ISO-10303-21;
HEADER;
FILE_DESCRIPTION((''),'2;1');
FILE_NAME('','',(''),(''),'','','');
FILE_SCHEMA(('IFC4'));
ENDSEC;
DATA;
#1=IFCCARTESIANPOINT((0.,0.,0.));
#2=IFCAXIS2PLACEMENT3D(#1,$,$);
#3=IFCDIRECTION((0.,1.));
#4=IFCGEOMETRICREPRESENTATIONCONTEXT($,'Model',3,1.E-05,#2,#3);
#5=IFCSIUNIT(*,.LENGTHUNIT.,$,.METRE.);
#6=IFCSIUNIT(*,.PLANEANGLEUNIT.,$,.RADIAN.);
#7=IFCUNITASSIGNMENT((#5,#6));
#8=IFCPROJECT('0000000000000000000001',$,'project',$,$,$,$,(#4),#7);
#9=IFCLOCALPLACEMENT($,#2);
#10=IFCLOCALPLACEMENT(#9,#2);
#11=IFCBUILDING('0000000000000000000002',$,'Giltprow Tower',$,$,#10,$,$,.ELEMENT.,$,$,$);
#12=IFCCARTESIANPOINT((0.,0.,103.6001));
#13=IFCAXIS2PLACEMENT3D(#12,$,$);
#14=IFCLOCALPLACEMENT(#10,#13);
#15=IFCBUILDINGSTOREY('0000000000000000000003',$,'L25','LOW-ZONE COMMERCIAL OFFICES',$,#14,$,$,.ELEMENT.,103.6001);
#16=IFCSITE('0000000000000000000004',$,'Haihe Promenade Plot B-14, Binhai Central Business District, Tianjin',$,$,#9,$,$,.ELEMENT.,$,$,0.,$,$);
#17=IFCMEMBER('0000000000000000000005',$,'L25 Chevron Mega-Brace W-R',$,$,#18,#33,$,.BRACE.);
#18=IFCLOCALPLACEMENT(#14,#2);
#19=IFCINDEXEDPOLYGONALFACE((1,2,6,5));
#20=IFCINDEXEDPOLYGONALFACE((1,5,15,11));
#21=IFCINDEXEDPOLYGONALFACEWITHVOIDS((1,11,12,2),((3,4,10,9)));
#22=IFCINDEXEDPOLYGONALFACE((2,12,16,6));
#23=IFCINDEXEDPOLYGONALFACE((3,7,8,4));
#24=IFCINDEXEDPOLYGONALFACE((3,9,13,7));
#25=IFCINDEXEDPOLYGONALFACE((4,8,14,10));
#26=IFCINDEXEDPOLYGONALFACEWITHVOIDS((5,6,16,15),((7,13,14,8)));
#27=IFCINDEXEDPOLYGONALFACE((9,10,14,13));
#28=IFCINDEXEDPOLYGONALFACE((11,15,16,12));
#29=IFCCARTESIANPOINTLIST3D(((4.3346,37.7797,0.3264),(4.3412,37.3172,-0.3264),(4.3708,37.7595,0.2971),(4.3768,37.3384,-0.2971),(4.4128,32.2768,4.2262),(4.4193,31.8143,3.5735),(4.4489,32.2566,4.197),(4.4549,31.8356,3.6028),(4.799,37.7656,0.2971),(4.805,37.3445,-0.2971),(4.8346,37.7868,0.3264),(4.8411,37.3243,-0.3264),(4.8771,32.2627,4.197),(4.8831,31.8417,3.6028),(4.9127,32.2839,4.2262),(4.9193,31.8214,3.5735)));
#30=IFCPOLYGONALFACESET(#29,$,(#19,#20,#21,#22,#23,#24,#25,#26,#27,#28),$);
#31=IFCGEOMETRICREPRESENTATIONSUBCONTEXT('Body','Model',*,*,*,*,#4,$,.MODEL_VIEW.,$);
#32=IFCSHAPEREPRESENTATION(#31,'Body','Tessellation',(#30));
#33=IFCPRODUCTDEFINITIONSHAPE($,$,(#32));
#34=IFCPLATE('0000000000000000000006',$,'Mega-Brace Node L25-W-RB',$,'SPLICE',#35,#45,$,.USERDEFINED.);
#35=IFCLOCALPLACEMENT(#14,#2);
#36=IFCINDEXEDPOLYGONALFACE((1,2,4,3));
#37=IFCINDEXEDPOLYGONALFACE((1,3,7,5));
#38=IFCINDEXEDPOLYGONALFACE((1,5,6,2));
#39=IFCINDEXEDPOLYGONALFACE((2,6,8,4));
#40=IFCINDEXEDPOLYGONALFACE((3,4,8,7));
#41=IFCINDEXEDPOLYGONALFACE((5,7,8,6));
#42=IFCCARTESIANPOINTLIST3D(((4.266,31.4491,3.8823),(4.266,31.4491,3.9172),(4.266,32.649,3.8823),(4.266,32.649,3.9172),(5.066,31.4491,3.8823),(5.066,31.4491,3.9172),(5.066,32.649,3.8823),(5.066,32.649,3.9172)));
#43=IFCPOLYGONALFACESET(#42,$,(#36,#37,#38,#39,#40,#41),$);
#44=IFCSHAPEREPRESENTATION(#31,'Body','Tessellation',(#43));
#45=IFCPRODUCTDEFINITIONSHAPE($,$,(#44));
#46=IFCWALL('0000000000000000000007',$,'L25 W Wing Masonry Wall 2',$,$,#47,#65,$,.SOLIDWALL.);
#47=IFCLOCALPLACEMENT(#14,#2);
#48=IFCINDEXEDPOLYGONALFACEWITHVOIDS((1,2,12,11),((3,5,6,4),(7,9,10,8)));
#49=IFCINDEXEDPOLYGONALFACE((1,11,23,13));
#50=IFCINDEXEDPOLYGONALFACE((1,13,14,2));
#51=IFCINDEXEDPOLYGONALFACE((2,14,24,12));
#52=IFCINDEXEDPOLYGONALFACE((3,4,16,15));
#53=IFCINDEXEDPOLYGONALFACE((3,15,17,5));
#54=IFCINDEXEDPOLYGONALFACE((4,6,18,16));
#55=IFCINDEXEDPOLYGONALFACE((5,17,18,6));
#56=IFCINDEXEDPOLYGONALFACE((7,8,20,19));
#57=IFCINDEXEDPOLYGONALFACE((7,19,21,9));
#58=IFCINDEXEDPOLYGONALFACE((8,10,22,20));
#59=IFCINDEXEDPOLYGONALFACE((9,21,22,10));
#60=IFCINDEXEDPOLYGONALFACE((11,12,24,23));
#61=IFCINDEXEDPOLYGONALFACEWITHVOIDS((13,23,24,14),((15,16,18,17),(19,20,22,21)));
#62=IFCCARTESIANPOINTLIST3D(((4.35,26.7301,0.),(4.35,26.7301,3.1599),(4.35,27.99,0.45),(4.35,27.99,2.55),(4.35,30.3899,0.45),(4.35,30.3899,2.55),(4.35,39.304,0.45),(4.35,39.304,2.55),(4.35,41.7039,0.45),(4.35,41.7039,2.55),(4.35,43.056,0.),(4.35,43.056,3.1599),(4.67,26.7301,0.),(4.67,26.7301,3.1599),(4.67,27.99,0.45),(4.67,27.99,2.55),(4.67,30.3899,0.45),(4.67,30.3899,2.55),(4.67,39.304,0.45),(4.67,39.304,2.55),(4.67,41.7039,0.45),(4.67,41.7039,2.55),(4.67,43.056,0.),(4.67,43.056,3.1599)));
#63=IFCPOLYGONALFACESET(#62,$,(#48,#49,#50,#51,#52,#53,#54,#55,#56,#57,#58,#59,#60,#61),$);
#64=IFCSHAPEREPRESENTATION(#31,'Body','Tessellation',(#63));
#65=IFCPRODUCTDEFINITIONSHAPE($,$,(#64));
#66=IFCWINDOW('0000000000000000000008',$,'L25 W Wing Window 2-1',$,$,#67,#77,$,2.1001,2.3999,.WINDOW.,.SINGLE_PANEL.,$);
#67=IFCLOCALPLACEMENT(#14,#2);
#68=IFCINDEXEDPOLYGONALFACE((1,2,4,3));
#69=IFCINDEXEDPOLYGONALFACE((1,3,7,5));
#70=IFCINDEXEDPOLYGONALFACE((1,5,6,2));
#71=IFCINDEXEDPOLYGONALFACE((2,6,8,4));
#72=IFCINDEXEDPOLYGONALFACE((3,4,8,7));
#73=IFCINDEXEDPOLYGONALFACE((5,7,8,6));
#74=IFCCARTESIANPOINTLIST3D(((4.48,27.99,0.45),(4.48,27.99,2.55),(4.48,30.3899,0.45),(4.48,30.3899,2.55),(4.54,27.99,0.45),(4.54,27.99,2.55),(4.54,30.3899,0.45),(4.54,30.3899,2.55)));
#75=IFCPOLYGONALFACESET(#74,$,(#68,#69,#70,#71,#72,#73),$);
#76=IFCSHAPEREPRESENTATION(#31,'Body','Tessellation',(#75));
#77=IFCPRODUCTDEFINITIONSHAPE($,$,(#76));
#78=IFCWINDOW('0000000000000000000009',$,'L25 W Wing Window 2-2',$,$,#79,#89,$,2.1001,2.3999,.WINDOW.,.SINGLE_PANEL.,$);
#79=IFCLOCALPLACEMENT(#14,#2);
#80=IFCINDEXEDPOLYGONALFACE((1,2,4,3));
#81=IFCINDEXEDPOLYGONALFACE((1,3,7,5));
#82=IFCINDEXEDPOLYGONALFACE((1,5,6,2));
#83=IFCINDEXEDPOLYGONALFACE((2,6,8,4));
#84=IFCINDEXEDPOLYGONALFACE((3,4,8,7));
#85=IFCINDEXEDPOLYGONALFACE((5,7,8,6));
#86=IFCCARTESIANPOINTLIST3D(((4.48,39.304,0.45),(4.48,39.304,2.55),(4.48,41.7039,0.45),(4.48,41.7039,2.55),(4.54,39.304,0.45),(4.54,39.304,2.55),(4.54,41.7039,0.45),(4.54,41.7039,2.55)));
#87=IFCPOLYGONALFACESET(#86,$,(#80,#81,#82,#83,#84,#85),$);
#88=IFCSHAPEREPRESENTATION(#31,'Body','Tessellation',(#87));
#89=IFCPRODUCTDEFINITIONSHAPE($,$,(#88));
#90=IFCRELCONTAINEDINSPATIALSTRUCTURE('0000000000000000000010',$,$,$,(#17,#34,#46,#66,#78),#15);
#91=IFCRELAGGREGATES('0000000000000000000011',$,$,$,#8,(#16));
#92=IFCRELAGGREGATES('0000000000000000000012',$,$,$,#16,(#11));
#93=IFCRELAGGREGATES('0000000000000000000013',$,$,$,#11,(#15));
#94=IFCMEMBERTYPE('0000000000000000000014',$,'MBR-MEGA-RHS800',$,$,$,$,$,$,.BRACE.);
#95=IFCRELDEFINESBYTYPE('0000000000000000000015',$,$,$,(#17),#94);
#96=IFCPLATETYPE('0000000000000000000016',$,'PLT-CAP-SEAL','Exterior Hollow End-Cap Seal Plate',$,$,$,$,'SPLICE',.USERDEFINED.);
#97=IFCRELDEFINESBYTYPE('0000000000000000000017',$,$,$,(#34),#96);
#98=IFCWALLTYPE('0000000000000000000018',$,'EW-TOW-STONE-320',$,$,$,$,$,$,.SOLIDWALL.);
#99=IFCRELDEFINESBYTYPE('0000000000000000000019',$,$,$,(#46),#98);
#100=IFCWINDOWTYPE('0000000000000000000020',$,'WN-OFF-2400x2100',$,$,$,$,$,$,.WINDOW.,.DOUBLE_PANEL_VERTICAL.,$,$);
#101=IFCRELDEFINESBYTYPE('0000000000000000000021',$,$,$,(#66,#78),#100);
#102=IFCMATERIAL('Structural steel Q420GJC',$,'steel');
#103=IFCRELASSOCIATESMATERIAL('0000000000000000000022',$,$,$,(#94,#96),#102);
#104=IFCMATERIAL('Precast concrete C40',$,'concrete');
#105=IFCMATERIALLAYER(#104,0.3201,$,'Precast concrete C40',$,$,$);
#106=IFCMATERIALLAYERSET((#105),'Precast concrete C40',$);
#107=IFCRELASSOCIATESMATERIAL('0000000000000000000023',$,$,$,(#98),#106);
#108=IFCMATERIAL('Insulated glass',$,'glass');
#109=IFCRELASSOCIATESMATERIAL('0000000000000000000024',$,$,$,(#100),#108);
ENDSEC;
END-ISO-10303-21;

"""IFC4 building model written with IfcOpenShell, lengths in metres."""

from ifc_helpers import new_model, si_unit, direction, frame, frame_2d, origin, origin_2d, place, context, subcontext, project, spatial, rectangle, hollow_rectangle, extrude, source, transform, mapped, material, layer, layer_set, material_profile, profile_set, type_object, element, fill, save


model = new_model("IFC4")

# Units and contexts
model_context = context("Model", 3, precision=1e-05, world=origin(), true_north=direction((0.0, 1.0)))
body_context = subcontext(model_context, "Body", "Model", "MODEL_VIEW")
ifc_project = project(units=[si_unit("LENGTHUNIT", "METRE"), si_unit("PLANEANGLEUNIT", "RADIAN")], contexts=[model_context])

# Site, building, storey
site_placement = place(None, origin())
site = spatial("IfcSite", under=ifc_project, at=site_placement, Name="Haihe Promenade Plot B-14, Binhai Central Business District, Tianjin", CompositionType="ELEMENT", RefElevation=0.0)
building_placement = place(site_placement, origin())
building = spatial("IfcBuilding", under=site, at=building_placement, Name="Giltprow Tower", CompositionType="ELEMENT")
storey_placement = place(building_placement, frame((0.0, 0.0, 103.6001)))
storey = spatial("IfcBuildingStorey", under=building, at=storey_placement, Name="L25", Description="LOW-ZONE COMMERCIAL OFFICES", CompositionType="ELEMENT", Elevation=103.6001)

# Shared definitions
ifc_material_1 = material(Name="Structural steel Q420GJC", Category="steel")

# Member
ifc_material_profile_1 = material_profile(ifc_material_1, hollow_rectangle(XDim=0.5, YDim=0.8, WallThickness=0.0359, at=origin_2d()), Name="RHS 800x500x36")
ifc_profile_set_1 = profile_set([ifc_material_profile_1], Name="Structural steel Q420GJC")
member_type = type_object("IfcMemberType", Name="MBR-MEGA-RHS800", PredefinedType="BRACE", material=ifc_profile_set_1)
shared_shape_1 = source(origin(), body_context, "Body", "SweptSolid", [
    extrude(hollow_rectangle(XDim=0.5, YDim=0.8, WallThickness=0.0359, at=origin_2d()), origin(), (0.0, 0.0, 1.0), 6.7451),
])
member_placement = place(storey_placement, frame((4.5879, 37.552, 0.0), z_axis=(0.011582, -0.81583, 0.578175), x_axis=(0.999899, 0.014196, 0.0)))
element("IfcMember", 1, at=member_placement, inside=storey, type_object=member_type, Name="L25 Chevron Mega-Brace W-R", PredefinedType="BRACE", context=body_context, shape_type="MappedRepresentation", body=[
    mapped(shared_shape_1, transform((0.0, 0.0, 0.0), x_axis=(1.0, 0.0, 0.0), y_axis=(0.0, 1.0, 0.0), z_axis=(0.0, 0.0, 1.0), scale=1.0)),
])

# Plate
plate_type = type_object("IfcPlateType", Name="PLT-CAP-SEAL", Description="Exterior Hollow End-Cap Seal Plate", ElementType="SPLICE", PredefinedType="USERDEFINED", material=ifc_material_1)
shared_shape_2 = source(origin(), body_context, "Body", "SweptSolid", [
    extrude(rectangle(XDim=1.2, YDim=0.8, at=origin_2d()), origin(), (0.0, 0.0, 1.0), 0.0349),
])
plate_placement = place(storey_placement, frame((4.666, 32.0491, 3.8823), z_axis=(0.0, 0.0, 1.0), x_axis=(0.0, 1.0, 0.0)))
element("IfcPlate", 2, at=plate_placement, inside=storey, type_object=plate_type, Name="Mega-Brace Node L25-W-RB", ObjectType="SPLICE", PredefinedType="USERDEFINED", context=body_context, shape_type="MappedRepresentation", body=[
    mapped(shared_shape_2, transform((0.0, 0.0, 0.0), x_axis=(1.0, 0.0, 0.0), y_axis=(0.0, 1.0, 0.0), z_axis=(0.0, 0.0, 1.0), scale=1.0)),
])

# Wall, openings, windows
ifc_material_2 = material(Name="Precast concrete C40", Category="concrete")
ifc_layer_1 = layer(ifc_material_2, 0.3201, Name="Precast concrete C40")
ifc_layer_set_1 = layer_set([ifc_layer_1], Name="Precast concrete C40")
wall_type_1 = type_object("IfcWallType", Name="EW-TOW-STONE-320", PredefinedType="SOLIDWALL", material=ifc_layer_set_1)
wall_1_placement = place(storey_placement, frame((4.51, 26.73, 0.0), z_axis=(0.0, 0.0, 1.0), x_axis=(0.0, 1.0, 0.0)))
wall_1 = element("IfcWall", 3, at=wall_1_placement, inside=storey, type_object=wall_type_1, Name="L25 W Wing Masonry Wall 2", PredefinedType="SOLIDWALL", context=body_context, shape_type="SweptSolid", body=[
    extrude(rectangle(XDim=16.3259, YDim=0.3201, at=frame_2d((8.1631, 0.0))), origin(), (0.0, 0.0, 1.0), 3.1599),
])
opening_1_placement = place(wall_1_placement, frame((1.26, 0.0, 0.45)))
opening_1 = element("IfcOpeningElement", 4, at=opening_1_placement, cuts=wall_1, PredefinedType="OPENING", context=body_context, shape_type="SweptSolid", body=[
    extrude(rectangle(XDim=2.3999, YDim=2.1001, at=frame_2d((1.2, 1.05))), frame((0.0, 0.1699, 0.0), z_axis=(0.0, -1.0, 0.0), x_axis=(1.0, 0.0, 0.0)), (0.0, 0.0, 1.0), 0.3401),
])
opening_2_placement = place(wall_1_placement, frame((12.574, 0.0, 0.45)))
opening_2 = element("IfcOpeningElement", 5, at=opening_2_placement, cuts=wall_1, PredefinedType="OPENING", context=body_context, shape_type="SweptSolid", body=[
    extrude(rectangle(XDim=2.3999, YDim=2.1001, at=frame_2d((1.2, 1.05))), frame((0.0, 0.1699, 0.0), z_axis=(0.0, -1.0, 0.0), x_axis=(1.0, 0.0, 0.0)), (0.0, 0.0, 1.0), 0.3401),
])
ifc_material_3 = material(Name="Insulated glass", Category="glass")
window_type = type_object("IfcWindowType", Name="WN-OFF-2400x2100", PartitioningType="DOUBLE_PANEL_VERTICAL", PredefinedType="WINDOW", material=ifc_material_3)
shared_shape_3 = source(origin(), body_context, "Body", "SweptSolid", [
    extrude(rectangle(XDim=2.3999, YDim=2.1001, at=frame_2d((1.2, 1.05))), frame((0.0, 0.03, 0.0), z_axis=(0.0, -1.0, 0.0), x_axis=(1.0, 0.0, 0.0)), (0.0, 0.0, 1.0), 0.0601),
])
window_1_placement = place(opening_1_placement, origin())
window_1 = element("IfcWindow", 6, at=window_1_placement, inside=storey, type_object=window_type, Name="L25 W Wing Window 2-1", OverallHeight=2.1001, OverallWidth=2.3999, PartitioningType="SINGLE_PANEL", PredefinedType="WINDOW", context=body_context, shape_type="MappedRepresentation", body=[
    mapped(shared_shape_3, transform((0.0, 0.0, 0.0), x_axis=(1.0, 0.0, 0.0), y_axis=(0.0, 1.0, 0.0), z_axis=(0.0, 0.0, 1.0), scale=1.0)),
])
fill(opening_1, window_1)
window_2_placement = place(opening_2_placement, origin())
window_2 = element("IfcWindow", 7, at=window_2_placement, inside=storey, type_object=window_type, Name="L25 W Wing Window 2-2", OverallHeight=2.1001, OverallWidth=2.3999, PartitioningType="SINGLE_PANEL", PredefinedType="WINDOW", context=body_context, shape_type="MappedRepresentation", body=[
    mapped(shared_shape_3, transform((0.0, 0.0, 0.0), x_axis=(1.0, 0.0, 0.0), y_axis=(0.0, 1.0, 0.0), z_axis=(0.0, 0.0, 1.0), scale=1.0)),
])
fill(opening_2, window_2)

save(model, "model.ifc")
